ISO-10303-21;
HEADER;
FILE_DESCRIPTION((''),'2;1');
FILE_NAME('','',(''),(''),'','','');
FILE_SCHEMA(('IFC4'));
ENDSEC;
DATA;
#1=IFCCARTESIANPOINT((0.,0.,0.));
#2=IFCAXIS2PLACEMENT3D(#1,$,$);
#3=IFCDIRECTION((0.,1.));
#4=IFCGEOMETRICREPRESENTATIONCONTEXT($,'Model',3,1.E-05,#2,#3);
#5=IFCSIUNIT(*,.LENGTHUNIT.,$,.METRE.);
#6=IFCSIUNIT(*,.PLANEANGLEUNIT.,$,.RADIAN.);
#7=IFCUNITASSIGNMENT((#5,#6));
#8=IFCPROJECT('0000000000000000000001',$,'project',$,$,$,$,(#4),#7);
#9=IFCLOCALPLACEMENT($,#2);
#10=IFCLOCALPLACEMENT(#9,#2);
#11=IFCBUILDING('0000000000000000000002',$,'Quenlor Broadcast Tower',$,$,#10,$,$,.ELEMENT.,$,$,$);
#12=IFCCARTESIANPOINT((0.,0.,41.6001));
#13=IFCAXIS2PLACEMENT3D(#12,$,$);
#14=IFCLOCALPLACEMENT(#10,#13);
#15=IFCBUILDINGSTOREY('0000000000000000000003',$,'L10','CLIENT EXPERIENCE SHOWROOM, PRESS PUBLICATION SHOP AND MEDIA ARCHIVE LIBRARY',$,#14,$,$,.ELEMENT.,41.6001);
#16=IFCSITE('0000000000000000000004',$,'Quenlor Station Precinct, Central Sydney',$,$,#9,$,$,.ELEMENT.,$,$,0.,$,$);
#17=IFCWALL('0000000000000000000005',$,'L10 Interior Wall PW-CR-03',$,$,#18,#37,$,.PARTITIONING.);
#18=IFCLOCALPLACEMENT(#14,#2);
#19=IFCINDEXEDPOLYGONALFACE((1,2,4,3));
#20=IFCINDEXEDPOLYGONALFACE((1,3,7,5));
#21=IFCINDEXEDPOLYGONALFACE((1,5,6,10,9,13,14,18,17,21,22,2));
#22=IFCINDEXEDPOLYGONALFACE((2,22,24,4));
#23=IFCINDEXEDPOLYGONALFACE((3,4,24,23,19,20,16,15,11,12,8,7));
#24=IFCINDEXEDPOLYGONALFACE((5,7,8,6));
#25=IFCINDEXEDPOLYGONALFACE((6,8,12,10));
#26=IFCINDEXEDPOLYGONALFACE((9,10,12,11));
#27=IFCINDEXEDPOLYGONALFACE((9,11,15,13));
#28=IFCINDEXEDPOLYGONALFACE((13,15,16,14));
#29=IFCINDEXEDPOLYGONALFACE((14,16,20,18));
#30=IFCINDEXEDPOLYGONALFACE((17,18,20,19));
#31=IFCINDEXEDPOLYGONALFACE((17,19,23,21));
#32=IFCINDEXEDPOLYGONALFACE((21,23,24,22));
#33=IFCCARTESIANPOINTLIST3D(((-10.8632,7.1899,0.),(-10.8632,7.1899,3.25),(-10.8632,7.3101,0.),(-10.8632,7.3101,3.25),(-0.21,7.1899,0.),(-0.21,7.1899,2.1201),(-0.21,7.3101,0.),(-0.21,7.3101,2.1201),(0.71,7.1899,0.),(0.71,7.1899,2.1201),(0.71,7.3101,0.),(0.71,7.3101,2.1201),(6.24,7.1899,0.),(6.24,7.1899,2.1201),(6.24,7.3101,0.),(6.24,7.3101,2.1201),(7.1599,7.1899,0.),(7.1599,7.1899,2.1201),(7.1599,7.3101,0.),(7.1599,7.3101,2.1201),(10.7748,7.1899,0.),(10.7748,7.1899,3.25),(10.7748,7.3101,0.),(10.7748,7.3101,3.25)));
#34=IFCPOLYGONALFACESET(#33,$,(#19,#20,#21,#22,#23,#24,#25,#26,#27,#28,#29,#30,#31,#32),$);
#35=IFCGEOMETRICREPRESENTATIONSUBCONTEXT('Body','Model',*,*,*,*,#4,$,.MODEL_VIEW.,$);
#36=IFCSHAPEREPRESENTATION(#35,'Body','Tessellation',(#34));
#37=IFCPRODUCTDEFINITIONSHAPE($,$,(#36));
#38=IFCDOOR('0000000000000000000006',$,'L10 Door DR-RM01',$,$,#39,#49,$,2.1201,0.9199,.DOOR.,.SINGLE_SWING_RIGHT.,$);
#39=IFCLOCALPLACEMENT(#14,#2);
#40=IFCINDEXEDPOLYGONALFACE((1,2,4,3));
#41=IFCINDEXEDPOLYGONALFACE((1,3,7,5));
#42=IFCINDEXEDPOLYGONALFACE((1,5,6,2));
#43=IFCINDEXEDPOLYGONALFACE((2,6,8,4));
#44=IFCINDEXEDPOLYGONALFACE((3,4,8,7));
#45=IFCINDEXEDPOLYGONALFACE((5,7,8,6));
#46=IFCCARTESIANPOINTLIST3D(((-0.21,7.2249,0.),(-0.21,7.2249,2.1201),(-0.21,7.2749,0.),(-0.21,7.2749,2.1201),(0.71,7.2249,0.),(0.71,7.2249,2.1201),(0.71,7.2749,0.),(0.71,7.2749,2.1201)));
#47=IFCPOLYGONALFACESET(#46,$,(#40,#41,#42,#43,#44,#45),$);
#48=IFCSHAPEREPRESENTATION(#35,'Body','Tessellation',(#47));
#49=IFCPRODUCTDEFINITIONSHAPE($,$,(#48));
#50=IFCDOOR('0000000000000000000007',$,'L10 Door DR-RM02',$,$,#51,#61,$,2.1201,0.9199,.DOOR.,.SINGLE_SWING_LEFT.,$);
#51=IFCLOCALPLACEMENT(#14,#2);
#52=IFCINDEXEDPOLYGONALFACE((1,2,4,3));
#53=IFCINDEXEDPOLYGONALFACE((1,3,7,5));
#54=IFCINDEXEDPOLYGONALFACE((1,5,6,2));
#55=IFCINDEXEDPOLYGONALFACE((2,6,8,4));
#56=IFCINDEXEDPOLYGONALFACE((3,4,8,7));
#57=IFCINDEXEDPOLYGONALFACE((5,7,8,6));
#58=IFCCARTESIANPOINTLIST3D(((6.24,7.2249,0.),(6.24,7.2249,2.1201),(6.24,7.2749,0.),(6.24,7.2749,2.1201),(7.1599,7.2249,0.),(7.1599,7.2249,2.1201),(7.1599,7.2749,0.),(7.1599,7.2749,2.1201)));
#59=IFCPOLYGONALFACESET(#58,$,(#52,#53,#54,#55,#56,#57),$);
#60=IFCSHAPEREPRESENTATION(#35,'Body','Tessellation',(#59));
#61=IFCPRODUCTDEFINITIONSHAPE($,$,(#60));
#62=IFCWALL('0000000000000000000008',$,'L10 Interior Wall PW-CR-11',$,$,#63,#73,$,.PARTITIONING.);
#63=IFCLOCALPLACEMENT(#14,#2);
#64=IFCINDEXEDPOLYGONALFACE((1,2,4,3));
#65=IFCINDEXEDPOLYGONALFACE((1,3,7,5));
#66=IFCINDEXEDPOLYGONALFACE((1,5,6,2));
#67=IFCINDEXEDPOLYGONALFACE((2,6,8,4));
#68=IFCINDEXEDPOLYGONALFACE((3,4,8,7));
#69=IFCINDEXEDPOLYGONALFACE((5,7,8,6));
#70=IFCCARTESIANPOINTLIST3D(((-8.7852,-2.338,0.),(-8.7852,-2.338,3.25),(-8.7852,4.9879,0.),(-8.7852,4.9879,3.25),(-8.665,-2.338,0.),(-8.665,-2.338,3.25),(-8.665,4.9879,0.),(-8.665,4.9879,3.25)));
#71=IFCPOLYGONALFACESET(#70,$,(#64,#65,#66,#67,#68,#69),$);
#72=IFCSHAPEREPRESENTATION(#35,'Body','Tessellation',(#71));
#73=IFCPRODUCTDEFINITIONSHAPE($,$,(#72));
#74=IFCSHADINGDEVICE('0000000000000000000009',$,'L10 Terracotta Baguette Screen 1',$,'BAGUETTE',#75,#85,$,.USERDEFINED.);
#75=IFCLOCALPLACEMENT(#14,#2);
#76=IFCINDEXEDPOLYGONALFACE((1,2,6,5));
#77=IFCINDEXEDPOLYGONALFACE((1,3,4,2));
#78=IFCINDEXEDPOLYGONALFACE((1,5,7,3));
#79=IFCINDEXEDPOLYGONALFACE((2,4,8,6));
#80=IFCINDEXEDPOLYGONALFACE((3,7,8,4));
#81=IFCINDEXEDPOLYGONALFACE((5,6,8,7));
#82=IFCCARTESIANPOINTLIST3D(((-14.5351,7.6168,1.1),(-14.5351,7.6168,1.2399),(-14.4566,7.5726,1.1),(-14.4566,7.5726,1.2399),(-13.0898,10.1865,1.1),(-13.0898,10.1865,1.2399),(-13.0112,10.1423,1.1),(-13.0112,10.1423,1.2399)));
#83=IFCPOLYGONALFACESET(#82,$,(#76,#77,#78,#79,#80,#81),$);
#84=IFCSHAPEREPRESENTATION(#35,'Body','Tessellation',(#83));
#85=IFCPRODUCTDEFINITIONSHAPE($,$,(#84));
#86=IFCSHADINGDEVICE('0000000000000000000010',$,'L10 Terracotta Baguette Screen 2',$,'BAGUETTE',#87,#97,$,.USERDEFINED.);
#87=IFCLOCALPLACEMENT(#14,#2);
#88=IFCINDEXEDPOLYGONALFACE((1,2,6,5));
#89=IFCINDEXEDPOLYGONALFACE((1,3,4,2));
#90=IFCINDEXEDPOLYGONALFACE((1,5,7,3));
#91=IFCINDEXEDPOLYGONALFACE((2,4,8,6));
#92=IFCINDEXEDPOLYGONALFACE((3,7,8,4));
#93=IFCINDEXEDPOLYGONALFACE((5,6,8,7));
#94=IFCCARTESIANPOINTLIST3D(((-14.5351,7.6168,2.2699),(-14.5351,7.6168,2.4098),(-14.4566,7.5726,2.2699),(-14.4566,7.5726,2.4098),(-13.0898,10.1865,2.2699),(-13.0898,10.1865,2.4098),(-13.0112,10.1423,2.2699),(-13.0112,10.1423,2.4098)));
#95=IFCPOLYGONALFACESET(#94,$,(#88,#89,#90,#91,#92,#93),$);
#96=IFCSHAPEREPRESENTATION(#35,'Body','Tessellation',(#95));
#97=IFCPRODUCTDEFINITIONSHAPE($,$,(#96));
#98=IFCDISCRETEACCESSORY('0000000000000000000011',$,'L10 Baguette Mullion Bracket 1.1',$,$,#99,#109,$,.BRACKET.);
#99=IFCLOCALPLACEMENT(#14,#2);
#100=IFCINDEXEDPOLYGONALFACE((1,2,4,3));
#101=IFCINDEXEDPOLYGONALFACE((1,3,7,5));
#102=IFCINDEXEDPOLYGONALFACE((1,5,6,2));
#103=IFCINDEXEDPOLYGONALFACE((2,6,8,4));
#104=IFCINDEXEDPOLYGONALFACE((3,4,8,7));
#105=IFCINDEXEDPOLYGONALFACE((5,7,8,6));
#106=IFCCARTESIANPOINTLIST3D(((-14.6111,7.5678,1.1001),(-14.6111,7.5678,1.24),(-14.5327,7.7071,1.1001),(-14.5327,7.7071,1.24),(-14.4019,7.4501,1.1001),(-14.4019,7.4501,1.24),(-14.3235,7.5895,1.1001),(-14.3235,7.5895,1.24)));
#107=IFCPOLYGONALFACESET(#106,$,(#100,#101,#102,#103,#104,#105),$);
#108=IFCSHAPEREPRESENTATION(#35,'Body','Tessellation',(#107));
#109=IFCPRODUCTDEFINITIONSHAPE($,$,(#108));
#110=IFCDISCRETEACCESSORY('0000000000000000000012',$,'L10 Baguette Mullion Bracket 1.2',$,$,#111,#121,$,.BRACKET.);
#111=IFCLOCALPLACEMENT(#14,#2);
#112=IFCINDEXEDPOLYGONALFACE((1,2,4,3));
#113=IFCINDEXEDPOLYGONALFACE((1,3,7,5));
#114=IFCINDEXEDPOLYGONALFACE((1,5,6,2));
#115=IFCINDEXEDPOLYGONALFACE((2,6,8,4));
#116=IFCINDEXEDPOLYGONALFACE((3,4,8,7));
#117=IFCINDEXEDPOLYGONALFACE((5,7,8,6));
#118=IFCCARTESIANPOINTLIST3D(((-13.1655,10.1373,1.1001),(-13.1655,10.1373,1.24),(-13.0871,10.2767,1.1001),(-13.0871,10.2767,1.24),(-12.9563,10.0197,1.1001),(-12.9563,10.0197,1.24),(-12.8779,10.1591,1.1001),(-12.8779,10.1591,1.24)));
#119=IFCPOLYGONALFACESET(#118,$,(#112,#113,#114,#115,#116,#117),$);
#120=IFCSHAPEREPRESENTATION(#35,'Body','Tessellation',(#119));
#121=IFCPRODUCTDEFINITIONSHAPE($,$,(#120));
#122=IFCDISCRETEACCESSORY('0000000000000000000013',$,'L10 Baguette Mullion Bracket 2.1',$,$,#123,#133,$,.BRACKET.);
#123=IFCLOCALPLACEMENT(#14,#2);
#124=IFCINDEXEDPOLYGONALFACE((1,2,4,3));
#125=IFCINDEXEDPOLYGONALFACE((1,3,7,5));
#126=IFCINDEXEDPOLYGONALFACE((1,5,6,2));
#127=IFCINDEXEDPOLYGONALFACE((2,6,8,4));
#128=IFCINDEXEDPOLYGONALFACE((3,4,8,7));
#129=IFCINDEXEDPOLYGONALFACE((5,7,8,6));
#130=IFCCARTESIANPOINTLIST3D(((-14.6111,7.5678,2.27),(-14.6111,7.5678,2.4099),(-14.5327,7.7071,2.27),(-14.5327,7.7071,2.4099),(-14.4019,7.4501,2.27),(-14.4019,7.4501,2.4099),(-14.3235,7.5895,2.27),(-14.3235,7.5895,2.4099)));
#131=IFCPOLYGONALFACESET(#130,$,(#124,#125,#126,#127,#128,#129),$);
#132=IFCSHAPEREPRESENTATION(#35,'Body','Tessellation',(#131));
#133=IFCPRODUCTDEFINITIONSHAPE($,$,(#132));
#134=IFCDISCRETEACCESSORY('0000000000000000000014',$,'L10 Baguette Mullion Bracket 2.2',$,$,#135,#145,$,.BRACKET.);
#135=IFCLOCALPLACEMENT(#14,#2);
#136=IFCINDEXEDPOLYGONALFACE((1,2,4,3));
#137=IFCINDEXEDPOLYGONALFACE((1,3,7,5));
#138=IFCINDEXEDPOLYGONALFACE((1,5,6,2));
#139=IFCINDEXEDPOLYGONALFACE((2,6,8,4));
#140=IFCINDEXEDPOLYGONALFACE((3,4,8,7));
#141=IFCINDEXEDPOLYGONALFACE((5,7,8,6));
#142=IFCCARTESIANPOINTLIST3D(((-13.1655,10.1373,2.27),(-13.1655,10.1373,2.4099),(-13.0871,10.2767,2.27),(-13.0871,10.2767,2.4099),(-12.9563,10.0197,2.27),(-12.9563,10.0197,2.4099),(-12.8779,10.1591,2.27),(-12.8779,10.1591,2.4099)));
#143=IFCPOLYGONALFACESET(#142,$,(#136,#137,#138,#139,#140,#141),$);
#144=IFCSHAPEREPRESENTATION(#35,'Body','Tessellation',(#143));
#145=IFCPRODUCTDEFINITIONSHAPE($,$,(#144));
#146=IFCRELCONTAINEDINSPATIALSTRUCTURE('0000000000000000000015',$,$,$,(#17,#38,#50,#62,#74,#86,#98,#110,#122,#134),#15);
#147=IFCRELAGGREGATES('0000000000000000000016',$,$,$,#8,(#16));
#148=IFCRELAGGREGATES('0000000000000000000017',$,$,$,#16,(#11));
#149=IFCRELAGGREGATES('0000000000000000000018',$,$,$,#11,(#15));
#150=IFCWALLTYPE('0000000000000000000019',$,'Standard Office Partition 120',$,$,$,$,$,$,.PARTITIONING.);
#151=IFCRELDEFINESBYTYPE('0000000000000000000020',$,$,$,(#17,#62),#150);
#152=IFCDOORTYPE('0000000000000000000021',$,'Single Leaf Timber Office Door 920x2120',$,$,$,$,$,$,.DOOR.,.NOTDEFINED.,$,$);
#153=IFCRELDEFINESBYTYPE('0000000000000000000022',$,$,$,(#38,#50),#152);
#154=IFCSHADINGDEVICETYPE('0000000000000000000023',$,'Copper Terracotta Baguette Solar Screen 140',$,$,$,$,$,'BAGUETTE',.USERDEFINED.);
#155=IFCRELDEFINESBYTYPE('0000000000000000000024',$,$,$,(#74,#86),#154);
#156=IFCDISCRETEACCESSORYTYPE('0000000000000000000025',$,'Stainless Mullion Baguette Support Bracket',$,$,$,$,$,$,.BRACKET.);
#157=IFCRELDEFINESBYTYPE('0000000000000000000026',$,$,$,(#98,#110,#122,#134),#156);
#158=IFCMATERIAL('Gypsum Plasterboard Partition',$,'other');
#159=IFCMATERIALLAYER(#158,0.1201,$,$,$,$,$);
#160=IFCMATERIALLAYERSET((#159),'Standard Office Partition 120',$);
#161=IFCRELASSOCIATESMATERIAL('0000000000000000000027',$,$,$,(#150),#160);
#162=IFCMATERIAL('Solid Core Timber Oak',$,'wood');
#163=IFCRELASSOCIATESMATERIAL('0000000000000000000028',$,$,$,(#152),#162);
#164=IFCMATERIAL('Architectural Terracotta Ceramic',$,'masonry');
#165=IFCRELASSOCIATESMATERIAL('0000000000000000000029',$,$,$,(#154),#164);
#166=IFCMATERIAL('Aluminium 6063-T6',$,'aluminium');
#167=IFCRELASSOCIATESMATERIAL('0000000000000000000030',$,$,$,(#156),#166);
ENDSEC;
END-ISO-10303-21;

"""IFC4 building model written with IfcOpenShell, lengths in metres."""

from ifc_helpers import new_model, si_unit, direction, frame, frame_2d, origin, origin_2d, place, context, subcontext, project, spatial, rectangle, extrude, material, layer, layer_set, material_profile, profile_set, type_object, element, fill, save


model = new_model("IFC4")

# Units and contexts
model_context = context("Model", 3, precision=1e-05, world=origin(), true_north=direction((0.0, 1.0)))
body_context = subcontext(model_context, "Body", "Model", "MODEL_VIEW")
ifc_project = project(units=[si_unit("LENGTHUNIT", "METRE"), si_unit("PLANEANGLEUNIT", "RADIAN")], contexts=[model_context])

# Site, building, storey
site_placement = place(None, origin())
site = spatial("IfcSite", under=ifc_project, at=site_placement, Name="Quenlor Station Precinct, Central Sydney", CompositionType="ELEMENT", RefElevation=0.0)
building_placement = place(site_placement, origin())
building = spatial("IfcBuilding", under=site, at=building_placement, Name="Quenlor Broadcast Tower", CompositionType="ELEMENT")
storey_placement = place(building_placement, frame((0.0, 0.0, 41.6001)))
storey = spatial("IfcBuildingStorey", under=building, at=storey_placement, Name="L10", Description="CLIENT EXPERIENCE SHOWROOM, PRESS PUBLICATION SHOP AND MEDIA ARCHIVE LIBRARY", CompositionType="ELEMENT", Elevation=41.6001)

# Wall, openings, doors
ifc_material_1 = material(Name="Gypsum Plasterboard Partition", Category="other")
ifc_layer_1 = layer(ifc_material_1, 0.1201)
ifc_layer_set_1 = layer_set([ifc_layer_1], Name="Standard Office Partition 120")
wall_type = type_object("IfcWallType", Name="Standard Office Partition 120", PredefinedType="PARTITIONING", material=ifc_layer_set_1)
wall_1_placement = place(storey_placement, frame((-10.863, 7.25, 0.0), z_axis=(0.0, 0.0, 1.0), x_axis=(1.0, 0.0, 0.0)))
wall_1 = element("IfcWall", 1, at=wall_1_placement, inside=storey, type_object=wall_type, Name="L10 Interior Wall PW-CR-03", PredefinedType="PARTITIONING", context=body_context, shape_type="SweptSolid", body=[
    extrude(rectangle(XDim=21.6379, YDim=0.1201, at=frame_2d((10.8188, 0.0))), origin(), (0.0, 0.0, 1.0), 3.25),
])
opening_1_placement = place(wall_1_placement, frame((10.6531, 0.0, 0.0)))
opening_1 = element("IfcOpeningElement", 2, at=opening_1_placement, cuts=wall_1, PredefinedType="OPENING", context=body_context, shape_type="SweptSolid", body=[
    extrude(rectangle(XDim=0.9199, YDim=2.1201, at=frame_2d((0.46, 1.0601))), frame((0.0, 0.0701, 0.0), z_axis=(0.0, -1.0, 0.0), x_axis=(1.0, 0.0, 0.0)), (0.0, 0.0, 1.0), 0.1401),
])
opening_2_placement = place(wall_1_placement, frame((17.103, 0.0, 0.0)))
opening_2 = element("IfcOpeningElement", 3, at=opening_2_placement, cuts=wall_1, PredefinedType="OPENING", context=body_context, shape_type="SweptSolid", body=[
    extrude(rectangle(XDim=0.9199, YDim=2.1201, at=frame_2d((0.46, 1.0601))), frame((0.0, 0.0701, 0.0), z_axis=(0.0, -1.0, 0.0), x_axis=(1.0, 0.0, 0.0)), (0.0, 0.0, 1.0), 0.1401),
])
ifc_material_2 = material(Name="Solid Core Timber Oak", Category="wood")
door_type = type_object("IfcDoorType", Name="Single Leaf Timber Office Door 920x2120", OperationType="NOTDEFINED", PredefinedType="DOOR", material=ifc_material_2)
door_1_placement = place(opening_1_placement, origin())
door_1 = element("IfcDoor", 4, at=door_1_placement, inside=storey, type_object=door_type, Name="L10 Door DR-RM01", OperationType="SINGLE_SWING_RIGHT", OverallHeight=2.1201, OverallWidth=0.9199, PredefinedType="DOOR", context=body_context, shape_type="SweptSolid", body=[
    extrude(rectangle(XDim=0.9199, YDim=2.1201, at=frame_2d((0.46, 1.0601))), frame((0.0, 0.0249, 0.0), z_axis=(0.0, -1.0, 0.0), x_axis=(1.0, 0.0, 0.0)), (0.0, 0.0, 1.0), 0.05),
])
fill(opening_1, door_1)
door_2_placement = place(opening_2_placement, origin())
door_2 = element("IfcDoor", 5, at=door_2_placement, inside=storey, type_object=door_type, Name="L10 Door DR-RM02", OperationType="SINGLE_SWING_LEFT", OverallHeight=2.1201, OverallWidth=0.9199, PredefinedType="DOOR", context=body_context, shape_type="SweptSolid", body=[
    extrude(rectangle(XDim=0.9199, YDim=2.1201, at=frame_2d((0.46, 1.0601))), frame((0.0, 0.0249, 0.0), z_axis=(0.0, -1.0, 0.0), x_axis=(1.0, 0.0, 0.0)), (0.0, 0.0, 1.0), 0.05),
])
fill(opening_2, door_2)

# Wall
wall_2_placement = place(storey_placement, frame((-8.7251, 4.988, 0.0), z_axis=(0.0, 0.0, 1.0), x_axis=(0.0, -1.0, 0.0)))
element("IfcWall", 6, at=wall_2_placement, inside=storey, type_object=wall_type, Name="L10 Interior Wall PW-CR-11", PredefinedType="PARTITIONING", context=body_context, shape_type="SweptSolid", body=[
    extrude(rectangle(XDim=7.3259, YDim=0.1201, at=frame_2d((3.6631, 0.0))), origin(), (0.0, 0.0, 1.0), 3.25),
])

# Shading devices
ifc_material_3 = material(Name="Architectural Terracotta Ceramic", Category="masonry")
ifc_material_profile_1 = material_profile(ifc_material_3, rectangle(XDim=0.0901, YDim=0.1399, at=origin_2d()))
ifc_profile_set_1 = profile_set([ifc_material_profile_1], Name="Architectural Terracotta Ceramic BAG90x140")
shading_device_type = type_object("IfcShadingDeviceType", Name="Copper Terracotta Baguette Solar Screen 140", ElementType="BAGUETTE", PredefinedType="USERDEFINED", material=ifc_profile_set_1)
for number, where, z_axis, x_axis, name in (
    (7, (-14.4958, 7.5947, 1.1699), (0.490242, 0.871587, 0.0), (-0.871587, 0.490242, 0.0), "L10 Terracotta Baguette Screen 1"),
    (8, (-14.4958, 7.5947, 2.3398), (0.490242, 0.871587, 0.0), (-0.871587, 0.490242, 0.0), "L10 Terracotta Baguette Screen 2"),
):
    element("IfcShadingDevice", number, at=place(storey_placement, frame(where, z_axis=z_axis, x_axis=x_axis)), inside=storey, type_object=shading_device_type, Name=name, ObjectType="BAGUETTE", PredefinedType="USERDEFINED", context=body_context, shape_type="SweptSolid", body=[
        extrude(rectangle(XDim=0.0901, YDim=0.1399, at=origin_2d()), origin(), (0.0, 0.0, 1.0), 2.9482),
    ])

# Discrete accessories
ifc_material_4 = material(Name="Aluminium 6063-T6", Category="aluminium")
discrete_accessory_type = type_object("IfcDiscreteAccessoryType", Name="Stainless Mullion Baguette Support Bracket", PredefinedType="BRACKET", material=ifc_material_4)
for number, where, z_axis, x_axis, name in (
    (9, (-14.4673, 7.5786, 1.1001), (0.0, 0.0, 1.0), (0.490274, 0.871568, 0.0), "L10 Baguette Mullion Bracket 1.1"),
    (10, (-13.0217, 10.1482, 1.1001), (0.0, 0.0, 1.0), (0.490274, 0.871568, 0.0), "L10 Baguette Mullion Bracket 1.2"),
    (11, (-14.4673, 7.5786, 2.27), (0.0, 0.0, 1.0), (0.490274, 0.871568, 0.0), "L10 Baguette Mullion Bracket 2.1"),
    (12, (-13.0217, 10.1482, 2.27), (0.0, 0.0, 1.0), (0.490274, 0.871568, 0.0), "L10 Baguette Mullion Bracket 2.2"),
):
    element("IfcDiscreteAccessory", number, at=place(storey_placement, frame(where, z_axis=z_axis, x_axis=x_axis)), inside=storey, type_object=discrete_accessory_type, Name=name, PredefinedType="BRACKET", context=body_context, shape_type="SweptSolid", body=[
        extrude(rectangle(XDim=0.1599, YDim=0.24, at=origin_2d()), origin(), (0.0, 0.0, 1.0), 0.1399),
    ])

save(model, "model.ifc")
